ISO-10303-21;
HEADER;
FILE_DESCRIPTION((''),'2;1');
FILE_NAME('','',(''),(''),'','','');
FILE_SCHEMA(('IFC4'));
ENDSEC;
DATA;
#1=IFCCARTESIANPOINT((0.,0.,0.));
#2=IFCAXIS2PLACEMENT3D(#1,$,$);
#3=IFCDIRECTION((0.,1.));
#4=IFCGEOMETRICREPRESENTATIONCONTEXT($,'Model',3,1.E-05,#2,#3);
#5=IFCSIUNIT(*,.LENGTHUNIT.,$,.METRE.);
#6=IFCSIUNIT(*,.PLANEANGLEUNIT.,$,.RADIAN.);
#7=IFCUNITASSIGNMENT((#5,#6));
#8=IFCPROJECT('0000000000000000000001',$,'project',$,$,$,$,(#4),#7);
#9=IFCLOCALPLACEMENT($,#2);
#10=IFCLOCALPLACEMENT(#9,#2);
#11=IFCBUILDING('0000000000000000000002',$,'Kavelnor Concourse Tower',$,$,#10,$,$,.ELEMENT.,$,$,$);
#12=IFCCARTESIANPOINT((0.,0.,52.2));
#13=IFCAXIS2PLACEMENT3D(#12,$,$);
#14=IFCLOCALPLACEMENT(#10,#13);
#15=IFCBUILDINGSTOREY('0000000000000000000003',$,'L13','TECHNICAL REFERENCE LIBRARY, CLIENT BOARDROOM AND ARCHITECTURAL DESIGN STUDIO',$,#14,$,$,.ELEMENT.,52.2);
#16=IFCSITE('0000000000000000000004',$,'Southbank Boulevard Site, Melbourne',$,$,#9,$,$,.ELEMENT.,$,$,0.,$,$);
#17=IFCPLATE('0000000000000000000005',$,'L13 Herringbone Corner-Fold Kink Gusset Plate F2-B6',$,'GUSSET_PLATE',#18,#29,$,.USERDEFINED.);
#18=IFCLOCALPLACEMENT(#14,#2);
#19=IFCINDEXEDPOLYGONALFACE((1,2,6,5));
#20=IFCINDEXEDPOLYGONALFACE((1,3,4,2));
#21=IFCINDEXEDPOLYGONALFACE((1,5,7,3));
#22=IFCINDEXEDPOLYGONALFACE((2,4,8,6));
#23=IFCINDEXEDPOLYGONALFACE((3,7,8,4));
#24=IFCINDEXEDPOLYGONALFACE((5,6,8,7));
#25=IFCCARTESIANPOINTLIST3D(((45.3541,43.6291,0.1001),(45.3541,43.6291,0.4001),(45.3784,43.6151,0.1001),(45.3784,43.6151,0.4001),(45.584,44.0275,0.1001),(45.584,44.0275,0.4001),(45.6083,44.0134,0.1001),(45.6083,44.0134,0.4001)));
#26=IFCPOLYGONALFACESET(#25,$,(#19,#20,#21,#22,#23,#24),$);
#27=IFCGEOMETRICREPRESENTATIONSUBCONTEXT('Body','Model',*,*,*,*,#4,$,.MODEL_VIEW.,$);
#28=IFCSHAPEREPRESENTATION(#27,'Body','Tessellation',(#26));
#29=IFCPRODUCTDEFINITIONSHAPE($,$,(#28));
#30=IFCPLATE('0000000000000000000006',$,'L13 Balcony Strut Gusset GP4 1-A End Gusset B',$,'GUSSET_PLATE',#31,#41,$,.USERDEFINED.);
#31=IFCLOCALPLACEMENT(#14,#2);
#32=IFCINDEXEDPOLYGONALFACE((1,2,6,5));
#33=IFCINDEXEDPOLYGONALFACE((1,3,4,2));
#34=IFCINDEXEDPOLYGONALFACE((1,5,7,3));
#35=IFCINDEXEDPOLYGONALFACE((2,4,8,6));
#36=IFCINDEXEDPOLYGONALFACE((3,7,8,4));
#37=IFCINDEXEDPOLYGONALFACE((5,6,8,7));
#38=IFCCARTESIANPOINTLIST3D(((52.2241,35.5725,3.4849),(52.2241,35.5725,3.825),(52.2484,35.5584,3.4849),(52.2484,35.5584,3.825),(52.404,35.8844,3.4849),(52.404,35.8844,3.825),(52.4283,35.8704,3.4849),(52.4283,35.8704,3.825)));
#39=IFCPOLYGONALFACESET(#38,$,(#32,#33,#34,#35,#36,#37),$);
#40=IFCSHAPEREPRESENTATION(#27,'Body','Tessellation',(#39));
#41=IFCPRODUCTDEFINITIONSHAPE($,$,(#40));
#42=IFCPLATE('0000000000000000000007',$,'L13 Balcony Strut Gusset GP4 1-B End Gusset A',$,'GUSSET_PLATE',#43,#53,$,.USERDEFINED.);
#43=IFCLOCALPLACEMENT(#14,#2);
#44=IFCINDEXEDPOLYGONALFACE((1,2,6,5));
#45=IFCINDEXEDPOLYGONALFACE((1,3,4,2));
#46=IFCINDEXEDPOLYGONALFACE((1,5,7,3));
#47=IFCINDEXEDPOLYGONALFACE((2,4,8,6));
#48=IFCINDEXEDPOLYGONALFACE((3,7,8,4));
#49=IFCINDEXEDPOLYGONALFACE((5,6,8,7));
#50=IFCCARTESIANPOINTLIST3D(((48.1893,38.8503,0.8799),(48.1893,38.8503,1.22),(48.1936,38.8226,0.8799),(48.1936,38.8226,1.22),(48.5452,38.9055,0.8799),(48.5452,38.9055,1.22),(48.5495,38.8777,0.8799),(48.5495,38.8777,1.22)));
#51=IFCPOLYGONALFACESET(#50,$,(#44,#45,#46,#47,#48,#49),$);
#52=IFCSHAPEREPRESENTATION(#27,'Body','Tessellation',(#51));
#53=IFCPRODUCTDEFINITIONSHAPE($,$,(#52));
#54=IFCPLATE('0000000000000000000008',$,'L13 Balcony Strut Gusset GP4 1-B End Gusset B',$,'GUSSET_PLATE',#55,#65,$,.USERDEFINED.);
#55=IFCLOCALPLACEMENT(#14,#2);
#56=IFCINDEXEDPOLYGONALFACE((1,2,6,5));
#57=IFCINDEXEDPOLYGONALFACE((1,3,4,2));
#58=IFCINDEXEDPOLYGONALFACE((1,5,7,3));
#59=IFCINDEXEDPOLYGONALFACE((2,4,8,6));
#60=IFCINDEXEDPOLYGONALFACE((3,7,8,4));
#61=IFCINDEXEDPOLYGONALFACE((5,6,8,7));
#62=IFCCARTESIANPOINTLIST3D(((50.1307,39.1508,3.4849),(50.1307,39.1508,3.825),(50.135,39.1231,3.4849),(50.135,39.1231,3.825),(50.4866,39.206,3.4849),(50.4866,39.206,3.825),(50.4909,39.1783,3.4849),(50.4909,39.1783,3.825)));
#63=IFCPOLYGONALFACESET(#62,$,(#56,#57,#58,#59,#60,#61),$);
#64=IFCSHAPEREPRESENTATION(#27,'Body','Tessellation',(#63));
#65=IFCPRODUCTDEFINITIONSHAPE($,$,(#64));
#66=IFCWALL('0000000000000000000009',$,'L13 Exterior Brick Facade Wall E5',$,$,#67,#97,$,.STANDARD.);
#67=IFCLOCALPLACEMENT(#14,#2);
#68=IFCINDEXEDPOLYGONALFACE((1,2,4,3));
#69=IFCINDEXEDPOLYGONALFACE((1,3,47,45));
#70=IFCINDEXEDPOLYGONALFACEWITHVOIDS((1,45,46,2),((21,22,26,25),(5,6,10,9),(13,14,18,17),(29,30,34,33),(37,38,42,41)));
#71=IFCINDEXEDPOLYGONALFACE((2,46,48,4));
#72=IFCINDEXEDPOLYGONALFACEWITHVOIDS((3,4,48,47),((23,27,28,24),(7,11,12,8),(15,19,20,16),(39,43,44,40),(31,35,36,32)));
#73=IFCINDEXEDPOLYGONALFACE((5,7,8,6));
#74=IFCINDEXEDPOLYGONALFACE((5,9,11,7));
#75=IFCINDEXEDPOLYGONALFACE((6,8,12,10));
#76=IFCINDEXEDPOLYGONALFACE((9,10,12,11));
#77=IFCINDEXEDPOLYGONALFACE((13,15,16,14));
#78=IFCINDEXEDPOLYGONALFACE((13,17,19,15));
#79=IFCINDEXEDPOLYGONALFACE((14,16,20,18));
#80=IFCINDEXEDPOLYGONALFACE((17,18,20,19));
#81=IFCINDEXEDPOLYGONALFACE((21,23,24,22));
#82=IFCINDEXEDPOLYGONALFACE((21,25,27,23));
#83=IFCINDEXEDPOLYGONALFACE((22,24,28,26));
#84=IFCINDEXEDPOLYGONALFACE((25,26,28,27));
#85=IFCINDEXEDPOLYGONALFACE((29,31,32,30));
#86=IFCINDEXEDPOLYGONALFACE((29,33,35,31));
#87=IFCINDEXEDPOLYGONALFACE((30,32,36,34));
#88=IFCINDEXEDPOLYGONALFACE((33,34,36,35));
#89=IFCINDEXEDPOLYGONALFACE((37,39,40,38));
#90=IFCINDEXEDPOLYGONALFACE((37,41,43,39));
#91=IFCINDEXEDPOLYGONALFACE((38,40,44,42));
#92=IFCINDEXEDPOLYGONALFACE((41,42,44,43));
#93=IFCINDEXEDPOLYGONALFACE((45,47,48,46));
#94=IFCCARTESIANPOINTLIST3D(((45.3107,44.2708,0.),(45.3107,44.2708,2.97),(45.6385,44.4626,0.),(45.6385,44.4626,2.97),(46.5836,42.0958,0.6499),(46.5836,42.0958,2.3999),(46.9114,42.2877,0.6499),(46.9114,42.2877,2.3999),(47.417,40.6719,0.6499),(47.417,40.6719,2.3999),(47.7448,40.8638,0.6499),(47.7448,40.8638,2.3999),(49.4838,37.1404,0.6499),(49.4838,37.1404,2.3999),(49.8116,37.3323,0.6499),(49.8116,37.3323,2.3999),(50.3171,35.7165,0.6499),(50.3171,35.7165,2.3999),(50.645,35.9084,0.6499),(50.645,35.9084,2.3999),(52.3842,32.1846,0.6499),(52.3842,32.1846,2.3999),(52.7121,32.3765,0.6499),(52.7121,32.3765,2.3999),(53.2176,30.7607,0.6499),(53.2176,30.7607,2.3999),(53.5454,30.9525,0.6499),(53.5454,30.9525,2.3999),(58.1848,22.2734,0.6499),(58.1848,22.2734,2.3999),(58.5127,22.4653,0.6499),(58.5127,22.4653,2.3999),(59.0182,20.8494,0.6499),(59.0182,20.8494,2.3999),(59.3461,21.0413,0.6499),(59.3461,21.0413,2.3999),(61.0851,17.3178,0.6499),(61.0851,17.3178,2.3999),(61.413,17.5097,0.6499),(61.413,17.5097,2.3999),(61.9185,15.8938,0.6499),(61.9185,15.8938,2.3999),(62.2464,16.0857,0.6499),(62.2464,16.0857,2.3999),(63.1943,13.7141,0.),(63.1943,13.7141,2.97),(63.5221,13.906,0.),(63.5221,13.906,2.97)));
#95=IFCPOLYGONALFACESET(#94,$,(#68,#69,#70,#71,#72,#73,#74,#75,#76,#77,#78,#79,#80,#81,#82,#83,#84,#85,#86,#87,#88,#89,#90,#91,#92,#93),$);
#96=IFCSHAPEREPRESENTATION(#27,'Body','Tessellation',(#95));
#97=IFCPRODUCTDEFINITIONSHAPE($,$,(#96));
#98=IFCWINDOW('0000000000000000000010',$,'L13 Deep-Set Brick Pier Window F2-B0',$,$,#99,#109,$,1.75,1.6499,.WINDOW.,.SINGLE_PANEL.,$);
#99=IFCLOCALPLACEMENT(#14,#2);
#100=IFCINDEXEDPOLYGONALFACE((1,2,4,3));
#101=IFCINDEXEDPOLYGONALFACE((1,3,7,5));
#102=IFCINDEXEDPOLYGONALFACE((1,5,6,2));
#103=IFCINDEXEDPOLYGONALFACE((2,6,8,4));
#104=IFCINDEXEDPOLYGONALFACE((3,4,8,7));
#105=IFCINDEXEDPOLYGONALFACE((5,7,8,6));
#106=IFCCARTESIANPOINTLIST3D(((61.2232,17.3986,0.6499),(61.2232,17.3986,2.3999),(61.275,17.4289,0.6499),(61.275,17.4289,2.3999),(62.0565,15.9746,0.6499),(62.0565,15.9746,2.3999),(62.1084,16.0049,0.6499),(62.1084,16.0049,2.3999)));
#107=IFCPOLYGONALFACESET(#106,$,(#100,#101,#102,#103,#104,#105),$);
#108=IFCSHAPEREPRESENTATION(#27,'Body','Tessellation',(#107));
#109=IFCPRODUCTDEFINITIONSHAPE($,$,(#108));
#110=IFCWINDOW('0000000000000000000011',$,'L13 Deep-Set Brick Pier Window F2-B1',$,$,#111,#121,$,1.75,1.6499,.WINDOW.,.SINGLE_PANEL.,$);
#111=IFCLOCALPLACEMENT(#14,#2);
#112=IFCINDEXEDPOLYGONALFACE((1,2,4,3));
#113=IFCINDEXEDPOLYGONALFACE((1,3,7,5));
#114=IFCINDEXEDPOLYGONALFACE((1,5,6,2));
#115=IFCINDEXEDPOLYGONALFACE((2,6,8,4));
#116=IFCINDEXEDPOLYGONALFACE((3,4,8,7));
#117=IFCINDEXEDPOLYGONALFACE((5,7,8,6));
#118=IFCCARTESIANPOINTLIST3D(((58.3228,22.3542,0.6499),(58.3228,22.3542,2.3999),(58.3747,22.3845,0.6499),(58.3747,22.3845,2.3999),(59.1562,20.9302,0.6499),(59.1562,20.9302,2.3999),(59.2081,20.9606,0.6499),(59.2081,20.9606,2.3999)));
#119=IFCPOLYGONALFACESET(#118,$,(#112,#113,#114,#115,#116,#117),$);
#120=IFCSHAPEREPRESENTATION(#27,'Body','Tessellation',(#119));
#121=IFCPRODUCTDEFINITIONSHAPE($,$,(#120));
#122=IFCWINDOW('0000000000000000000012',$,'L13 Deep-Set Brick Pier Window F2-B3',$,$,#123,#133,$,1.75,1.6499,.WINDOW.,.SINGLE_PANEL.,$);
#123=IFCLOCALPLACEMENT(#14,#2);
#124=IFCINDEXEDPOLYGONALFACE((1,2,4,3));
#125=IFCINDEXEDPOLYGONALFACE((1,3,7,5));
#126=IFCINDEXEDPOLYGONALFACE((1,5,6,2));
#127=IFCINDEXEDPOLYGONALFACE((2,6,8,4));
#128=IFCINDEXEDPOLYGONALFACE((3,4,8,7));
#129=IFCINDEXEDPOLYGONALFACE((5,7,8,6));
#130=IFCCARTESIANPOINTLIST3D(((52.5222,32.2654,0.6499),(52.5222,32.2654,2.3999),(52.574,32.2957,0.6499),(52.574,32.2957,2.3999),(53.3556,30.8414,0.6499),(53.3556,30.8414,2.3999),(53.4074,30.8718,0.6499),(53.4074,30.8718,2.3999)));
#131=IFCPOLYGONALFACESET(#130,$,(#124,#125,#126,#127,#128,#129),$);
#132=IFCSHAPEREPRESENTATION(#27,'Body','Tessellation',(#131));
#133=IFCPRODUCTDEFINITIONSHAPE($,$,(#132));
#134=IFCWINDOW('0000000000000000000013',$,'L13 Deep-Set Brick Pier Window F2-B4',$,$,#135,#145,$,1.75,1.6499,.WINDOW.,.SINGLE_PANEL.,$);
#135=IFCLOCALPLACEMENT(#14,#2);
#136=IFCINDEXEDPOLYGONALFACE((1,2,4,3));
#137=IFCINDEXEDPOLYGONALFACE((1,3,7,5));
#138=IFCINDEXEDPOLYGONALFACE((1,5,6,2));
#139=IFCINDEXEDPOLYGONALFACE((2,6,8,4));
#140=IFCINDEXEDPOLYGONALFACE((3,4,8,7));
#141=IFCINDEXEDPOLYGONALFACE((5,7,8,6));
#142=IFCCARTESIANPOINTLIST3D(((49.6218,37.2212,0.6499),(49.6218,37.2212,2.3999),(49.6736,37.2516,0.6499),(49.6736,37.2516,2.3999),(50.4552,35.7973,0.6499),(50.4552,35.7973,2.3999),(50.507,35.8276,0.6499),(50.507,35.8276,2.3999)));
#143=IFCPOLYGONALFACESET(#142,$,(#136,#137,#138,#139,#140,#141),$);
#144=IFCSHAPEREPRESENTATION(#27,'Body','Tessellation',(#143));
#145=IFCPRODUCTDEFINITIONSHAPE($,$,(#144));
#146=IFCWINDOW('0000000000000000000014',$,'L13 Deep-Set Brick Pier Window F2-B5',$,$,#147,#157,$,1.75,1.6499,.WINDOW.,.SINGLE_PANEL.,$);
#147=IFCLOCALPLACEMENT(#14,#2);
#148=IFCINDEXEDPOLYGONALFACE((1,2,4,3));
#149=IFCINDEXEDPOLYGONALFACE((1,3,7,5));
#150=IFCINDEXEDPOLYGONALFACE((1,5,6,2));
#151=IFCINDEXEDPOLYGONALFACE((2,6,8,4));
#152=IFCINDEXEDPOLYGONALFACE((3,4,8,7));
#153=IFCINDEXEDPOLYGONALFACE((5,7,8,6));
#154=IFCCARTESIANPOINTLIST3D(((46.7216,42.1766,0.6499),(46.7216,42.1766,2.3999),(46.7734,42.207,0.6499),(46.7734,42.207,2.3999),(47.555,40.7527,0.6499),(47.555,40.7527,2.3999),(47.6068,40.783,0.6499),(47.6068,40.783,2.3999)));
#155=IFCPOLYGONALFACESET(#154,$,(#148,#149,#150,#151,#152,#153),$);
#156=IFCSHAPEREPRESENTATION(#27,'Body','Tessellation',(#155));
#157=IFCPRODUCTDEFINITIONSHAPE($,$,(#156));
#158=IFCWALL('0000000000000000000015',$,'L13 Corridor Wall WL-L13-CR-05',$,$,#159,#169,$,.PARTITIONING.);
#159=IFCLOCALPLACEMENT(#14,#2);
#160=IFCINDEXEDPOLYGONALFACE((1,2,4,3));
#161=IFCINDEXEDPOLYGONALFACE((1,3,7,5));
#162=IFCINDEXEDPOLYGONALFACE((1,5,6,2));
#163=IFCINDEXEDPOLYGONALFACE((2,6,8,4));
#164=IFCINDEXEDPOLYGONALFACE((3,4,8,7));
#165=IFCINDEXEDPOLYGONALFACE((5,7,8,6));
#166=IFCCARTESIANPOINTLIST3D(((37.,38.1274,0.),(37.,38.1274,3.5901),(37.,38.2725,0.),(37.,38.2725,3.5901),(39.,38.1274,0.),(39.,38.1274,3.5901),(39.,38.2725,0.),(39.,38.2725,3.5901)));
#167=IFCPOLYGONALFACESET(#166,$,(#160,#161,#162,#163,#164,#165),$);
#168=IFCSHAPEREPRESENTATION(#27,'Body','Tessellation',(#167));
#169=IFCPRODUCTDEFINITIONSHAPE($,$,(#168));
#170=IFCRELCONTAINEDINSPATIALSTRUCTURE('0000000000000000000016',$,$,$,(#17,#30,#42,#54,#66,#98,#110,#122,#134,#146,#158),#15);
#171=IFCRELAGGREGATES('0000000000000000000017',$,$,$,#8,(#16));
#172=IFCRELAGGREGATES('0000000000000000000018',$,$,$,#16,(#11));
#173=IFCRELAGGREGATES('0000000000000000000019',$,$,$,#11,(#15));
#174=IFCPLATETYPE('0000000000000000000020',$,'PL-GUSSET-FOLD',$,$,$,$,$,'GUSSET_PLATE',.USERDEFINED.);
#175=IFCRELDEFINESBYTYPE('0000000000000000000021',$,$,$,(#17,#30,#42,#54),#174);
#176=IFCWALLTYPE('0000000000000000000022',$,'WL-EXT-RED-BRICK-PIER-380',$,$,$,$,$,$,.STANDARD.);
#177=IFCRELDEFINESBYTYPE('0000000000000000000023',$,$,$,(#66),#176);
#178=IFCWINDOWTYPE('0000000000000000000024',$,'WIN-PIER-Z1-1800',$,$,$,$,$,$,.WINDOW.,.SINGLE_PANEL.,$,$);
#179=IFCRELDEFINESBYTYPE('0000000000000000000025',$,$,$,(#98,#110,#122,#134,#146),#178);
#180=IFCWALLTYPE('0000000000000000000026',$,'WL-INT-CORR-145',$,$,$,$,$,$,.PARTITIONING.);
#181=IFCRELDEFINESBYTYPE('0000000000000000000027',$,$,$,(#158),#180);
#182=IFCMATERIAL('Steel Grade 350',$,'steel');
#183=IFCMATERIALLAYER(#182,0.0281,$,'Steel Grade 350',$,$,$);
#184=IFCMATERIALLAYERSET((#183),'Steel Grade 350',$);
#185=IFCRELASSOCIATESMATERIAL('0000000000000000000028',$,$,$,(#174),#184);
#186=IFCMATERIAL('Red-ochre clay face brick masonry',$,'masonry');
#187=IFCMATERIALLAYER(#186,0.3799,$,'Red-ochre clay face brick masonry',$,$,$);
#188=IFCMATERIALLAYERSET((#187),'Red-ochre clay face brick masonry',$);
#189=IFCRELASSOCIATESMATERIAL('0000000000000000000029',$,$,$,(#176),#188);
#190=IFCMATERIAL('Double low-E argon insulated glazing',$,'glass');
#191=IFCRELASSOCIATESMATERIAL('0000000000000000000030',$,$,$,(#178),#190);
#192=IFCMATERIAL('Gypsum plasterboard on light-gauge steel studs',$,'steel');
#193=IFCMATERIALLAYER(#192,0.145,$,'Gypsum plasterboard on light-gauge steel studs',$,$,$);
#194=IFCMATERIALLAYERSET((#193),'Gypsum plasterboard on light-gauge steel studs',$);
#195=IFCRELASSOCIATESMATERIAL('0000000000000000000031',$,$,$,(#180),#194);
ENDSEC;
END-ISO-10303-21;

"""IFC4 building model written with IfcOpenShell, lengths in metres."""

from ifc_helpers import new_model, si_unit, direction, frame, frame_2d, origin, origin_2d, place, context, subcontext, project, spatial, rectangle, extrude, material, layer, layer_set, type_object, element, fill, save


model = new_model("IFC4")

# Units and contexts
model_context = context("Model", 3, precision=1e-05, world=origin(), true_north=direction((0.0, 1.0)))
body_context = subcontext(model_context, "Body", "Model", "MODEL_VIEW")
ifc_project = project(units=[si_unit("LENGTHUNIT", "METRE"), si_unit("PLANEANGLEUNIT", "RADIAN")], contexts=[model_context])

# Site, building, storey
site_placement = place(None, origin())
site = spatial("IfcSite", under=ifc_project, at=site_placement, Name="Southbank Boulevard Site, Melbourne", CompositionType="ELEMENT", RefElevation=0.0)
building_placement = place(site_placement, origin())
building = spatial("IfcBuilding", under=site, at=building_placement, Name="Kavelnor Concourse Tower", CompositionType="ELEMENT")
storey_placement = place(building_placement, frame((0.0, 0.0, 52.2)))
storey = spatial("IfcBuildingStorey", under=building, at=storey_placement, Name="L13", Description="TECHNICAL REFERENCE LIBRARY, CLIENT BOARDROOM AND ARCHITECTURAL DESIGN STUDIO", CompositionType="ELEMENT", Elevation=52.2)

# Shared definitions
ifc_material_1 = material(Name="Steel Grade 350", Category="steel")

# Plates
ifc_layer_1 = layer(ifc_material_1, 0.0281, Name="Steel Grade 350")
ifc_layer_set_1 = layer_set([ifc_layer_1], Name="Steel Grade 350")
plate_type = type_object("IfcPlateType", Name="PL-GUSSET-FOLD", ElementType="GUSSET_PLATE", PredefinedType="USERDEFINED", material=ifc_layer_set_1)
plate_placement = place(storey_placement, frame((45.4812, 43.8213, 0.1001), z_axis=(0.0, 0.0, 1.0), x_axis=(-0.5, -0.866025, 0.0)))
element("IfcPlate", 1, at=plate_placement, inside=storey, type_object=plate_type, Name="L13 Herringbone Corner-Fold Kink Gusset Plate F2-B6", ObjectType="GUSSET_PLATE", PredefinedType="USERDEFINED", context=body_context, shape_type="SweptSolid", body=[
    extrude(rectangle(XDim=0.46, YDim=0.0281, at=origin_2d()), origin(), (0.0, 0.0, 1.0), 0.3),
])
for number, where, z_axis, x_axis, name in (
    (2, (52.3262, 35.7214, 3.4849), (0.0, 0.0, 1.0), (0.499546, 0.866287, 0.0), "L13 Balcony Strut Gusset GP4 1-A End Gusset B"),
    (3, (48.3694, 38.864, 0.8799), (0.0, 0.0, 1.0), (0.988202, 0.153158, 0.0), "L13 Balcony Strut Gusset GP4 1-B End Gusset A"),
    (4, (50.3108, 39.1646, 3.4849), (0.0, 0.0, 1.0), (0.988202, 0.153158, 0.0), "L13 Balcony Strut Gusset GP4 1-B End Gusset B"),
):
    element("IfcPlate", number, at=place(storey_placement, frame(where, z_axis=z_axis, x_axis=x_axis)), inside=storey, type_object=plate_type, Name=name, ObjectType="GUSSET_PLATE", PredefinedType="USERDEFINED", context=body_context, shape_type="SweptSolid", body=[
        extrude(rectangle(XDim=0.3601, YDim=0.0281, at=origin_2d()), origin(), (0.0, 0.0, 1.0), 0.3401),
    ])

# Wall, openings, windows
ifc_material_2 = material(Name="Red-ochre clay face brick masonry", Category="masonry")
ifc_layer_2 = layer(ifc_material_2, 0.3799, Name="Red-ochre clay face brick masonry")
ifc_layer_set_2 = layer_set([ifc_layer_2], Name="Red-ochre clay face brick masonry")
wall_type_1 = type_object("IfcWallType", Name="WL-EXT-RED-BRICK-PIER-380", PredefinedType="STANDARD", material=ifc_layer_set_2)
wall_1_placement = place(storey_placement, frame((45.4746, 44.3667, 0.0), z_axis=(0.0, 0.0, 1.0), x_axis=(0.50511, -0.863055, 0.0)))
wall_1 = element("IfcWall", 5, at=wall_1_placement, inside=storey, type_object=wall_type_1, Name="L13 Exterior Brick Facade Wall E5", PredefinedType="STANDARD", context=body_context, shape_type="SweptSolid", body=[
    extrude(rectangle(XDim=35.4053, YDim=0.3799, at=frame_2d((17.7026, 0.0))), origin(), (0.0, 0.0, 1.0), 2.97),
])
opening_1_placement = place(wall_1_placement, frame((31.2297, 0.0, 0.6499)))
opening_1 = element("IfcOpeningElement", 6, at=opening_1_placement, cuts=wall_1, PredefinedType="OPENING", context=body_context, shape_type="SweptSolid", body=[
    extrude(rectangle(XDim=1.6499, YDim=1.75, at=frame_2d((0.825, 0.875))), frame((0.0, 0.2, 0.0), z_axis=(0.0, -1.0, 0.0), x_axis=(1.0, 0.0, 0.0)), (0.0, 0.0, 1.0), 0.3999),
])
opening_2_placement = place(wall_1_placement, frame((25.4878, 0.0, 0.6499)))
opening_2 = element("IfcOpeningElement", 7, at=opening_2_placement, cuts=wall_1, PredefinedType="OPENING", context=body_context, shape_type="SweptSolid", body=[
    extrude(rectangle(XDim=1.6499, YDim=1.75, at=frame_2d((0.825, 0.875))), frame((0.0, 0.2, 0.0), z_axis=(0.0, -1.0, 0.0), x_axis=(1.0, 0.0, 0.0)), (0.0, 0.0, 1.0), 0.3999),
])
opening_3_placement = place(wall_1_placement, frame((14.0039, 0.0, 0.6499)))
opening_3 = element("IfcOpeningElement", 8, at=opening_3_placement, cuts=wall_1, PredefinedType="OPENING", context=body_context, shape_type="SweptSolid", body=[
    extrude(rectangle(XDim=1.6499, YDim=1.75, at=frame_2d((0.825, 0.875))), frame((0.0, 0.2, 0.0), z_axis=(0.0, -1.0, 0.0), x_axis=(1.0, 0.0, 0.0)), (0.0, 0.0, 1.0), 0.3999),
])
opening_4_placement = place(wall_1_placement, frame((8.2617, 0.0, 0.6499)))
opening_4 = element("IfcOpeningElement", 9, at=opening_4_placement, cuts=wall_1, PredefinedType="OPENING", context=body_context, shape_type="SweptSolid", body=[
    extrude(rectangle(XDim=1.6499, YDim=1.75, at=frame_2d((0.825, 0.875))), frame((0.0, 0.2, 0.0), z_axis=(0.0, -1.0, 0.0), x_axis=(1.0, 0.0, 0.0)), (0.0, 0.0, 1.0), 0.3999),
])
opening_5_placement = place(wall_1_placement, frame((2.52, 0.0, 0.6499)))
opening_5 = element("IfcOpeningElement", 10, at=opening_5_placement, cuts=wall_1, PredefinedType="OPENING", context=body_context, shape_type="SweptSolid", body=[
    extrude(rectangle(XDim=1.6499, YDim=1.75, at=frame_2d((0.825, 0.875))), frame((0.0, 0.2, 0.0), z_axis=(0.0, -1.0, 0.0), x_axis=(1.0, 0.0, 0.0)), (0.0, 0.0, 1.0), 0.3999),
])
ifc_material_3 = material(Name="Double low-E argon insulated glazing", Category="glass")
window_type = type_object("IfcWindowType", Name="WIN-PIER-Z1-1800", PartitioningType="SINGLE_PANEL", PredefinedType="WINDOW", material=ifc_material_3)
window_1_placement = place(opening_1_placement, origin())
window_1 = element("IfcWindow", 11, at=window_1_placement, inside=storey, type_object=window_type, Name="L13 Deep-Set Brick Pier Window F2-B0", OverallHeight=1.75, OverallWidth=1.6499, PartitioningType="SINGLE_PANEL", PredefinedType="WINDOW", context=body_context, shape_type="SweptSolid", body=[
    extrude(rectangle(XDim=1.6499, YDim=1.75, at=frame_2d((0.825, 0.875))), frame((0.0, 0.03, 0.0), z_axis=(0.0, -1.0, 0.0), x_axis=(1.0, 0.0, 0.0)), (0.0, 0.0, 1.0), 0.0601),
])
fill(opening_1, window_1)
window_2_placement = place(opening_2_placement, origin())
window_2 = element("IfcWindow", 12, at=window_2_placement, inside=storey, type_object=window_type, Name="L13 Deep-Set Brick Pier Window F2-B1", OverallHeight=1.75, OverallWidth=1.6499, PartitioningType="SINGLE_PANEL", PredefinedType="WINDOW", context=body_context, shape_type="SweptSolid", body=[
    extrude(rectangle(XDim=1.6499, YDim=1.75, at=frame_2d((0.825, 0.875))), frame((0.0, 0.03, 0.0), z_axis=(0.0, -1.0, 0.0), x_axis=(1.0, 0.0, 0.0)), (0.0, 0.0, 1.0), 0.0601),
])
fill(opening_2, window_2)
window_3_placement = place(opening_3_placement, origin())
window_3 = element("IfcWindow", 13, at=window_3_placement, inside=storey, type_object=window_type, Name="L13 Deep-Set Brick Pier Window F2-B3", OverallHeight=1.75, OverallWidth=1.6499, PartitioningType="SINGLE_PANEL", PredefinedType="WINDOW", context=body_context, shape_type="SweptSolid", body=[
    extrude(rectangle(XDim=1.6499, YDim=1.75, at=frame_2d((0.825, 0.875))), frame((0.0, 0.03, 0.0), z_axis=(0.0, -1.0, 0.0), x_axis=(1.0, 0.0, 0.0)), (0.0, 0.0, 1.0), 0.0601),
])
fill(opening_3, window_3)
window_4_placement = place(opening_4_placement, origin())
window_4 = element("IfcWindow", 14, at=window_4_placement, inside=storey, type_object=window_type, Name="L13 Deep-Set Brick Pier Window F2-B4", OverallHeight=1.75, OverallWidth=1.6499, PartitioningType="SINGLE_PANEL", PredefinedType="WINDOW", context=body_context, shape_type="SweptSolid", body=[
    extrude(rectangle(XDim=1.6499, YDim=1.75, at=frame_2d((0.825, 0.875))), frame((0.0, 0.03, 0.0), z_axis=(0.0, -1.0, 0.0), x_axis=(1.0, 0.0, 0.0)), (0.0, 0.0, 1.0), 0.0601),
])
fill(opening_4, window_4)
window_5_placement = place(opening_5_placement, origin())
window_5 = element("IfcWindow", 15, at=window_5_placement, inside=storey, type_object=window_type, Name="L13 Deep-Set Brick Pier Window F2-B5", OverallHeight=1.75, OverallWidth=1.6499, PartitioningType="SINGLE_PANEL", PredefinedType="WINDOW", context=body_context, shape_type="SweptSolid", body=[
    extrude(rectangle(XDim=1.6499, YDim=1.75, at=frame_2d((0.825, 0.875))), frame((0.0, 0.03, 0.0), z_axis=(0.0, -1.0, 0.0), x_axis=(1.0, 0.0, 0.0)), (0.0, 0.0, 1.0), 0.0601),
])
fill(opening_5, window_5)

# Wall
ifc_material_4 = material(Name="Gypsum plasterboard on light-gauge steel studs", Category="steel")
ifc_layer_3 = layer(ifc_material_4, 0.145, Name="Gypsum plasterboard on light-gauge steel studs")
ifc_layer_set_3 = layer_set([ifc_layer_3], Name="Gypsum plasterboard on light-gauge steel studs")
wall_type_2 = type_object("IfcWallType", Name="WL-INT-CORR-145", PredefinedType="PARTITIONING", material=ifc_layer_set_3)
wall_2_placement = place(storey_placement, frame((37.0, 38.2, 0.0), z_axis=(0.0, 0.0, 1.0), x_axis=(1.0, 0.0, 0.0)))
element("IfcWall", 16, at=wall_2_placement, inside=storey, type_object=wall_type_2, Name="L13 Corridor Wall WL-L13-CR-05", PredefinedType="PARTITIONING", context=body_context, shape_type="SweptSolid", body=[
    extrude(rectangle(XDim=2.0, YDim=0.145, at=frame_2d((1.0, 0.0))), origin(), (0.0, 0.0, 1.0), 3.5901),
])

save(model, "model.ifc")
